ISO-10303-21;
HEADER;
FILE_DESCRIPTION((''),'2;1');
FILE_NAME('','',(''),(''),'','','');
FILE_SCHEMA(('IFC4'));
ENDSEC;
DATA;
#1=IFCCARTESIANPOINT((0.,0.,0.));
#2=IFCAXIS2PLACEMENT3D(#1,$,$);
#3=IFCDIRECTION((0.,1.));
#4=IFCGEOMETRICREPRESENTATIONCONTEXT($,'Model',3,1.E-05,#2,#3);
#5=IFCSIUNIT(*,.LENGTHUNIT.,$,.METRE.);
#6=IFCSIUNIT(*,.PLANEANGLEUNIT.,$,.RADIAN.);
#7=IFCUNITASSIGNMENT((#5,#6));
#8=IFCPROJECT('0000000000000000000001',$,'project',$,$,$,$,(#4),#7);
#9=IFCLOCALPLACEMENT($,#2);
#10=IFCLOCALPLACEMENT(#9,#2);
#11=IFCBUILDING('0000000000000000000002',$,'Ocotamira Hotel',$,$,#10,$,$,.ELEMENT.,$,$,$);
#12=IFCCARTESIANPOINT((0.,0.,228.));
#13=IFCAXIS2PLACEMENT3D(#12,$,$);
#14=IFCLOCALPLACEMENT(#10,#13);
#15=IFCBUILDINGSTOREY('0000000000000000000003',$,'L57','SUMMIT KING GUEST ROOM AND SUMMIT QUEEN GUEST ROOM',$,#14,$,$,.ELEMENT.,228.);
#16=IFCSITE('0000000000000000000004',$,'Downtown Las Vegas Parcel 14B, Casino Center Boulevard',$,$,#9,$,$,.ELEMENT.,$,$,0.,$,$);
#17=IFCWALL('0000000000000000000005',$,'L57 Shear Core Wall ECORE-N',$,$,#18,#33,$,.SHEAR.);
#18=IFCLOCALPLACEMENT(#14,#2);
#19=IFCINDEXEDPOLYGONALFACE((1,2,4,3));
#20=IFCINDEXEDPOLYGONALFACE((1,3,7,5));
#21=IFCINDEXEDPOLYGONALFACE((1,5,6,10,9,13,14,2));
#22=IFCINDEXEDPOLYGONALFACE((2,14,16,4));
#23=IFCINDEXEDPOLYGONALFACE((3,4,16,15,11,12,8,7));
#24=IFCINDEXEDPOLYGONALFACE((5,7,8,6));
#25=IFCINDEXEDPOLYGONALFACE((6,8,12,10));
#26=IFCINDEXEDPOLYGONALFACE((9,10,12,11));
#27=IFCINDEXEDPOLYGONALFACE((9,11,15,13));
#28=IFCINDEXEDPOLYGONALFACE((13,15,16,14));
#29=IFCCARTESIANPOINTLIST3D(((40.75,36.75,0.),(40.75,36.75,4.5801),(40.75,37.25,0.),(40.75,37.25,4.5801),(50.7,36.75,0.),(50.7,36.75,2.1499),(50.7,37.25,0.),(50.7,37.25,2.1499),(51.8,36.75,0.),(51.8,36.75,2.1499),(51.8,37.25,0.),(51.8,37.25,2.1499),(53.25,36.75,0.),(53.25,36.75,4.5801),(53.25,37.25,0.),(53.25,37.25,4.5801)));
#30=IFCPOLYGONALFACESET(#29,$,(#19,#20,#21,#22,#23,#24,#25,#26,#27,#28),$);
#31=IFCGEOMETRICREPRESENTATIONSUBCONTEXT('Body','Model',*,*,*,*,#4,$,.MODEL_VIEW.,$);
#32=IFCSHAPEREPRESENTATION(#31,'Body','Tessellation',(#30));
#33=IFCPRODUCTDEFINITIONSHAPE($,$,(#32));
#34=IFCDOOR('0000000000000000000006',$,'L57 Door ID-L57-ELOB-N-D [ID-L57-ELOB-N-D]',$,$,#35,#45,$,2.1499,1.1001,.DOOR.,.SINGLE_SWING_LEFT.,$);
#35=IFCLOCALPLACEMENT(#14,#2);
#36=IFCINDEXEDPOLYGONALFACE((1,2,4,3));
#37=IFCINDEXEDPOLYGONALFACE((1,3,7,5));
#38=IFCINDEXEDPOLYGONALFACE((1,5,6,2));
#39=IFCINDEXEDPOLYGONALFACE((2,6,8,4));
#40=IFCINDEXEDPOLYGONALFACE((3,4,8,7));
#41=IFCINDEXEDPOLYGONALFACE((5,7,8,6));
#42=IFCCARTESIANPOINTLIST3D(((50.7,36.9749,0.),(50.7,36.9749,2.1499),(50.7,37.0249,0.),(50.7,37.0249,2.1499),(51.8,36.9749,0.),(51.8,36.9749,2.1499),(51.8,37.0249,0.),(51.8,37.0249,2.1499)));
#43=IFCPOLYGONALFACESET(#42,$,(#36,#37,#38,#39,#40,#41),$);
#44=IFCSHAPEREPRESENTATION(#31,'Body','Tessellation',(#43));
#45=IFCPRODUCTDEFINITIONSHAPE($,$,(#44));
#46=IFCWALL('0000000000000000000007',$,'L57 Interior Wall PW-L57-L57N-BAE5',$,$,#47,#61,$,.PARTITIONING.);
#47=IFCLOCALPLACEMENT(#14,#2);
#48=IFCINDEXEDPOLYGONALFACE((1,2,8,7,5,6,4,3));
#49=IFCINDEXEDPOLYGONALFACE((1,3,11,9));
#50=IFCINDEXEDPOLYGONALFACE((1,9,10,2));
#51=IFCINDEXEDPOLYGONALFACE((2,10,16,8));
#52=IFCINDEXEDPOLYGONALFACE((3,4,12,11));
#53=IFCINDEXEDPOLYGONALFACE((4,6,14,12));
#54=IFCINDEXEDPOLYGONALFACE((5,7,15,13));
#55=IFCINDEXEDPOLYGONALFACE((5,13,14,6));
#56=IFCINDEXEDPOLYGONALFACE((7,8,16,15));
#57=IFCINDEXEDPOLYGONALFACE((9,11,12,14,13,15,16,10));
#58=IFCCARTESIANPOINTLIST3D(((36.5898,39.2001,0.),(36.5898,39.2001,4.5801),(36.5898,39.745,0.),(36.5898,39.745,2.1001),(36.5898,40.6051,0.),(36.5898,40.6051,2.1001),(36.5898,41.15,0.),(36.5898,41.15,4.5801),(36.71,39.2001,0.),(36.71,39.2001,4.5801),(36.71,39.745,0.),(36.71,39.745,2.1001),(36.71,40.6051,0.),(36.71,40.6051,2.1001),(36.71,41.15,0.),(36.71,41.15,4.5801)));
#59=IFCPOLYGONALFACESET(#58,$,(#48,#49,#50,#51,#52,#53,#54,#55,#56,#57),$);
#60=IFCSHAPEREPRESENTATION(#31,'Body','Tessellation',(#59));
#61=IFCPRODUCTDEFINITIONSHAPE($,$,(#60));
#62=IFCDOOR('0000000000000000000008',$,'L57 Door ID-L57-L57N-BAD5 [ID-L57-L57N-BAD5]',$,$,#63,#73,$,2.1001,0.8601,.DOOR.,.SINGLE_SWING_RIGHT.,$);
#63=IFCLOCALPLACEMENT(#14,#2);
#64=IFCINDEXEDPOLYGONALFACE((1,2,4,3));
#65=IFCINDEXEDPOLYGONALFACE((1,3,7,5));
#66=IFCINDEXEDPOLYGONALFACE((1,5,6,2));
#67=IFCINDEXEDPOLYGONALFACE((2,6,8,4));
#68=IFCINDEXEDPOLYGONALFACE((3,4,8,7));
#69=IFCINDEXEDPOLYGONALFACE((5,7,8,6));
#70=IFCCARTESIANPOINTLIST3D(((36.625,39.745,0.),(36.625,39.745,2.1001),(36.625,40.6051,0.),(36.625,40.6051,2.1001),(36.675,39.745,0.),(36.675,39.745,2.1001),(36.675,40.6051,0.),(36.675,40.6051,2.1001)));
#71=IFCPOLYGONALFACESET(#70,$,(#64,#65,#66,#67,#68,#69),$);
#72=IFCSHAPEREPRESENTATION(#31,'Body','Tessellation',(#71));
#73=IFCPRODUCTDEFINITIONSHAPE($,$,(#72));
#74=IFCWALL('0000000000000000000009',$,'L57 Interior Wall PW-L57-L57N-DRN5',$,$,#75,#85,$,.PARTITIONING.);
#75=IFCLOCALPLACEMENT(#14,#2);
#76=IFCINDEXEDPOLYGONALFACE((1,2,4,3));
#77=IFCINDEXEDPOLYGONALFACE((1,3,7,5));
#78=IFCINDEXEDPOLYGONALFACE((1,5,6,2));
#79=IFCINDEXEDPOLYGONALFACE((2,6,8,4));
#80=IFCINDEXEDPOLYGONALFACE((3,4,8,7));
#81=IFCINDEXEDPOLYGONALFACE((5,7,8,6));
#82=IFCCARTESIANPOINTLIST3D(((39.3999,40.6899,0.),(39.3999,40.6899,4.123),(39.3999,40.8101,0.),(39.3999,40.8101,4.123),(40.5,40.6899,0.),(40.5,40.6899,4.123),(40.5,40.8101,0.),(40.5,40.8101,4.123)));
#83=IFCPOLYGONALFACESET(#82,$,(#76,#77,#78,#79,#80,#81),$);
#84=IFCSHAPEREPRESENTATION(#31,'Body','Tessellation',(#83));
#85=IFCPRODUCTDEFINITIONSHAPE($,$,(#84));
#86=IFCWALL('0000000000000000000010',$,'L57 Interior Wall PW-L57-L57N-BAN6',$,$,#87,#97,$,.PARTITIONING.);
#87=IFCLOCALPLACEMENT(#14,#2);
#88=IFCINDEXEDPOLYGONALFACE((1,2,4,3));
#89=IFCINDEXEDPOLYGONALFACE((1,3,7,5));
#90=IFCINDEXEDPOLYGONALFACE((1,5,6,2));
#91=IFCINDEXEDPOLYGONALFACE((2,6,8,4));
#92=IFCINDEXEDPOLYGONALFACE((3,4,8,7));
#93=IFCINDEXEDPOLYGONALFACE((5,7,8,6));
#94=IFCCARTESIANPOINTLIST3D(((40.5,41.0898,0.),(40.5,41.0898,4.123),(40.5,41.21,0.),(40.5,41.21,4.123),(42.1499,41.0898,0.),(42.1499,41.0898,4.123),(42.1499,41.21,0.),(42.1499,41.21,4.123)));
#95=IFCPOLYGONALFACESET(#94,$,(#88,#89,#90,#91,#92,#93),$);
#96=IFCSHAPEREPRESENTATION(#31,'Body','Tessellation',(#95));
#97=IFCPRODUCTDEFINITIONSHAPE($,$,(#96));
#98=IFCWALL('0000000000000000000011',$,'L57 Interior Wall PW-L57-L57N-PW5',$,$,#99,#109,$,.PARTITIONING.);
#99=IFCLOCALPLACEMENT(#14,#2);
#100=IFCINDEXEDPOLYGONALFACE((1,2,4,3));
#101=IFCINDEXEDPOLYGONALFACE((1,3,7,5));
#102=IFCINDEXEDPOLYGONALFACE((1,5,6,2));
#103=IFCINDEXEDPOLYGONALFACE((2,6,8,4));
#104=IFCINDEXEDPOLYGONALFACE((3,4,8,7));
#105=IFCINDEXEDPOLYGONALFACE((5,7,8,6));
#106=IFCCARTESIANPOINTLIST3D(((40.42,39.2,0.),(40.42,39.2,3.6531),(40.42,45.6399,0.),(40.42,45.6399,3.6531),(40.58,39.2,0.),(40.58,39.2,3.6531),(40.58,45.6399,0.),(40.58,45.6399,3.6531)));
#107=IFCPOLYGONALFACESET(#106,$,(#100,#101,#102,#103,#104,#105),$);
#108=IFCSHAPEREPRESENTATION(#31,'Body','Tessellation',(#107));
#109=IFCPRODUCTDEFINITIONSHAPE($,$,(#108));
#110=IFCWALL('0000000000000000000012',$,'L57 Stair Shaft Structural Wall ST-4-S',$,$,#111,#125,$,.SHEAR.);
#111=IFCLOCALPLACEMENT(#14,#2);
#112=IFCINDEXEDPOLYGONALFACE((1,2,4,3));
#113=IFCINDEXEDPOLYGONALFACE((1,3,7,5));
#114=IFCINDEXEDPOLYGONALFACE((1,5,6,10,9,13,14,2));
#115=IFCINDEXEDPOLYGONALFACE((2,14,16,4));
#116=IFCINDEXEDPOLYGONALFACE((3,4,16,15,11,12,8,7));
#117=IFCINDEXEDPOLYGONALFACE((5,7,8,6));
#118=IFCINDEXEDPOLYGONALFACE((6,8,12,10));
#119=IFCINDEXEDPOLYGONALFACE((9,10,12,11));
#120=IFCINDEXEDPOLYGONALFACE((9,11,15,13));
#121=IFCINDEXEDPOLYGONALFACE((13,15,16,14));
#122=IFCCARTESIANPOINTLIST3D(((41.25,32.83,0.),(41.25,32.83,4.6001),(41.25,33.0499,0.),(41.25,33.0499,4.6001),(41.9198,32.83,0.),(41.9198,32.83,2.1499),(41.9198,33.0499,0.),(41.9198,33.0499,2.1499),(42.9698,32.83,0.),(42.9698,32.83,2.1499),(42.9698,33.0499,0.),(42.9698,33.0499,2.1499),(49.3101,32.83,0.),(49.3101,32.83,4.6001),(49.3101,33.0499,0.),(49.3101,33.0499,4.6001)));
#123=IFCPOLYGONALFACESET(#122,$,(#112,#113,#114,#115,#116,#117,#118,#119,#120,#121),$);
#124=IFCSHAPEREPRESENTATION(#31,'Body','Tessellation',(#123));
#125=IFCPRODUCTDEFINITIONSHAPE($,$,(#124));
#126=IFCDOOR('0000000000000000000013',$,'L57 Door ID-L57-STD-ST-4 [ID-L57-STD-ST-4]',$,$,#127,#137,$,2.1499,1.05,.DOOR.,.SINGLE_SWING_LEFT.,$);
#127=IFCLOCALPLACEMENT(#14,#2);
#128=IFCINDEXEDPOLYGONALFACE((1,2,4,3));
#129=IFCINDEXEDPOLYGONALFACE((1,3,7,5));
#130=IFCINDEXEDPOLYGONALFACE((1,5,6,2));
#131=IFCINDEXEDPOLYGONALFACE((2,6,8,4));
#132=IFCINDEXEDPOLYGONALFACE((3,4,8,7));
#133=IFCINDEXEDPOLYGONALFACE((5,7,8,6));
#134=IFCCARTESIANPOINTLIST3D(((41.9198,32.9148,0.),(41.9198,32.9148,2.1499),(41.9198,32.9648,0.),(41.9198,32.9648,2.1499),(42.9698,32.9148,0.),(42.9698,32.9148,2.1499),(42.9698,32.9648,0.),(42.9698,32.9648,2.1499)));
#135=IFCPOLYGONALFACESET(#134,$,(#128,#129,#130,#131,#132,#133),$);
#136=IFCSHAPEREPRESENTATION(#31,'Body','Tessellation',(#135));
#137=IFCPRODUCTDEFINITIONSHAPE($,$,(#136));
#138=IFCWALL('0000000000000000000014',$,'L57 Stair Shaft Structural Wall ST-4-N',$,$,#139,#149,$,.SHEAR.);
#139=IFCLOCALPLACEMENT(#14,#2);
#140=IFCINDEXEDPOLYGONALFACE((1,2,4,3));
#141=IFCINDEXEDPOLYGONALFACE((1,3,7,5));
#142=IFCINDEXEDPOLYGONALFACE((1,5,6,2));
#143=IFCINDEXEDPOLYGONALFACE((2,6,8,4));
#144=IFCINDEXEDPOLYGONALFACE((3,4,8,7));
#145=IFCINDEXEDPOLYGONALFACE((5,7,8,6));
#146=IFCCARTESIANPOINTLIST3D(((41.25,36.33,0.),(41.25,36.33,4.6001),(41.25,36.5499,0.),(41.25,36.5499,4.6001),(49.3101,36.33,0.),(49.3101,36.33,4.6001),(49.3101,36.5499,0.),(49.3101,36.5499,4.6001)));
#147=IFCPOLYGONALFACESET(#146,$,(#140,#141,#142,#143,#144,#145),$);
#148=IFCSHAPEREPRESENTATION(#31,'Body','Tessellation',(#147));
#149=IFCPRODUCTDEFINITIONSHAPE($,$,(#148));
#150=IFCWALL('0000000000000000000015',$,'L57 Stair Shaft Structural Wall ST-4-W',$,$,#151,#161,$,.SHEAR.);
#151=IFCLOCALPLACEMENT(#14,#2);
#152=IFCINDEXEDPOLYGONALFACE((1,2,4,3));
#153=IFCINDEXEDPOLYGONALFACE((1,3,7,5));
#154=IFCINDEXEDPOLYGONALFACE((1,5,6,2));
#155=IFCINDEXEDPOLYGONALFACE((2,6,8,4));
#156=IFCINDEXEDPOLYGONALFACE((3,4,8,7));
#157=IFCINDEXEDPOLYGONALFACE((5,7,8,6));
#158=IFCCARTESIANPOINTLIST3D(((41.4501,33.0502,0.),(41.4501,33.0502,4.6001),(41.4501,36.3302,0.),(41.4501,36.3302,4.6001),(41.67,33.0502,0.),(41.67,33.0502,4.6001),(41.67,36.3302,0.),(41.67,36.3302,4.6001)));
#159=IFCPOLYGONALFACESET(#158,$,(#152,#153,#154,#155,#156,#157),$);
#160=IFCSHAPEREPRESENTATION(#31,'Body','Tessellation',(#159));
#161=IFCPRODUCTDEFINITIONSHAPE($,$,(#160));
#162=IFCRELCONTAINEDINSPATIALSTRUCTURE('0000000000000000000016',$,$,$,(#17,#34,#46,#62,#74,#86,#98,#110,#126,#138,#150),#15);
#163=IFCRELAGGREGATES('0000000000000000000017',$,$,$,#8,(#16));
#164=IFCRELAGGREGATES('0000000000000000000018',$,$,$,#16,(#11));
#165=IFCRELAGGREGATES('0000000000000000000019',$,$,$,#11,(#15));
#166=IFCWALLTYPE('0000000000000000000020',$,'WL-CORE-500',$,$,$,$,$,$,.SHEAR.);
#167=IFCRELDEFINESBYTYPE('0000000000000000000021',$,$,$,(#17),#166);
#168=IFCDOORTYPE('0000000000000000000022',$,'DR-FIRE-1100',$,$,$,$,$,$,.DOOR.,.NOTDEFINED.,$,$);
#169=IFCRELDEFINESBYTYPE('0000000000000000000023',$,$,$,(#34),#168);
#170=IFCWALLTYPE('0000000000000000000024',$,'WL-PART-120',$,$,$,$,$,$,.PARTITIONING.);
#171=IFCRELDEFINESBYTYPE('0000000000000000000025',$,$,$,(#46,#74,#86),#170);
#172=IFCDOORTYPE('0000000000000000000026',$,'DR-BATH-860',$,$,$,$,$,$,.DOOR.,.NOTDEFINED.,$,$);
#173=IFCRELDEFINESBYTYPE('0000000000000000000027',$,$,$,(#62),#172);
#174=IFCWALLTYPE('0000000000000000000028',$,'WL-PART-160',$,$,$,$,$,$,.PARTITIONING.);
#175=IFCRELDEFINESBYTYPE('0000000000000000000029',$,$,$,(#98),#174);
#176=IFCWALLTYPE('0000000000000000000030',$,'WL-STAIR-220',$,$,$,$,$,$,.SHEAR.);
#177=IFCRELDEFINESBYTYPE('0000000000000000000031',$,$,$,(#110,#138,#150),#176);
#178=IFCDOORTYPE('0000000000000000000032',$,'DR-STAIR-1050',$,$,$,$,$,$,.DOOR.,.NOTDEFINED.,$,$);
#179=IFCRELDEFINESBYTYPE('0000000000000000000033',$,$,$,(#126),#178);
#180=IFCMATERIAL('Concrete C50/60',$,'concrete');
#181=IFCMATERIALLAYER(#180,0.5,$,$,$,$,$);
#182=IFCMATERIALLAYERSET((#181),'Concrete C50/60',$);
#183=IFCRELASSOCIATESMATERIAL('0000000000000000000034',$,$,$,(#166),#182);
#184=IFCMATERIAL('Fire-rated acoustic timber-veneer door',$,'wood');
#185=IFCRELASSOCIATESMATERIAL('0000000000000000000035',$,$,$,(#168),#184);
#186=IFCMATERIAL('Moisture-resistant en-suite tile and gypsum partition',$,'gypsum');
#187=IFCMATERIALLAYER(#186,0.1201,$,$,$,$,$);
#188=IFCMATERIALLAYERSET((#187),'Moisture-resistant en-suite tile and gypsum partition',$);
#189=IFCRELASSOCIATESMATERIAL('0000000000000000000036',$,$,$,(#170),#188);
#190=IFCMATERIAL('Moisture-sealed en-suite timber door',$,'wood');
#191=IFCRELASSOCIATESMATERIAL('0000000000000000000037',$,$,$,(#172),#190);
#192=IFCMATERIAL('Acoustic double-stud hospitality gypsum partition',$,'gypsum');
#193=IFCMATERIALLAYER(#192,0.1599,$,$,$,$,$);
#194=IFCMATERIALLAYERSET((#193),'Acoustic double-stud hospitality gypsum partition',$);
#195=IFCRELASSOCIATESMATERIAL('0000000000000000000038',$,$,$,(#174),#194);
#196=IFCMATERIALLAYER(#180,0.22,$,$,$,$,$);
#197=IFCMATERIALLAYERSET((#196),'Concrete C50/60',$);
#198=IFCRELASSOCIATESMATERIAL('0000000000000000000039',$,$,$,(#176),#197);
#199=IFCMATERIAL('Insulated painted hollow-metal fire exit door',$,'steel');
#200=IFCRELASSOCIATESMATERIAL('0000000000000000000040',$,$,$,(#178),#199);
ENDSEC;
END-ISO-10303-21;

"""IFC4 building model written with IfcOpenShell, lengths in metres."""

from ifc_helpers import new_model, si_unit, direction, frame, frame_2d, origin, place, context, subcontext, project, spatial, rectangle, extrude, source, transform, mapped, material, layer, layer_set, type_object, element, fill, save


model = new_model("IFC4")

# Units and contexts
model_context = context("Model", 3, precision=1e-05, world=origin(), true_north=direction((0.0, 1.0)))
body_context = subcontext(model_context, "Body", "Model", "MODEL_VIEW")
ifc_project = project(units=[si_unit("LENGTHUNIT", "METRE"), si_unit("PLANEANGLEUNIT", "RADIAN")], contexts=[model_context])

# Site, building, storey
site_placement = place(None, origin())
site = spatial("IfcSite", under=ifc_project, at=site_placement, Name="Downtown Las Vegas Parcel 14B, Casino Center Boulevard", CompositionType="ELEMENT", RefElevation=0.0)
building_placement = place(site_placement, origin())
building = spatial("IfcBuilding", under=site, at=building_placement, Name="Ocotamira Hotel", CompositionType="ELEMENT")
storey_placement = place(building_placement, frame((0.0, 0.0, 228.0)))
storey = spatial("IfcBuildingStorey", under=building, at=storey_placement, Name="L57", Description="SUMMIT KING GUEST ROOM AND SUMMIT QUEEN GUEST ROOM", CompositionType="ELEMENT", Elevation=228.0)

# Shared definitions
ifc_material_1 = material(Name="Concrete C50/60", Category="concrete")

# Walls, openings, doors
ifc_layer_1 = layer(ifc_material_1, 0.5)
ifc_layer_set_1 = layer_set([ifc_layer_1], Name="Concrete C50/60")
wall_type_1 = type_object("IfcWallType", Name="WL-CORE-500", PredefinedType="SHEAR", material=ifc_layer_set_1)
wall_1_placement = place(storey_placement, frame((40.75, 37.0, 0.0), z_axis=(0.0, 0.0, 1.0), x_axis=(1.0, 0.0, 0.0)))
wall_1 = element("IfcWall", 1, at=wall_1_placement, inside=storey, type_object=wall_type_1, Name="L57 Shear Core Wall ECORE-N", PredefinedType="SHEAR", context=body_context, shape_type="SweptSolid", body=[
    extrude(rectangle(XDim=12.5, YDim=0.5, at=frame_2d((6.25, 0.0))), origin(), (0.0, 0.0, 1.0), 4.5801),
])
opening_1_placement = place(wall_1_placement, frame((9.95, 0.0, 0.0)))
opening_1 = element("IfcOpeningElement", 2, at=opening_1_placement, cuts=wall_1, PredefinedType="OPENING", context=body_context, shape_type="SweptSolid", body=[
    extrude(rectangle(XDim=1.1001, YDim=2.1499, at=frame_2d((0.55, 1.075))), frame((0.0, 0.26, 0.0), z_axis=(0.0, -1.0, 0.0), x_axis=(1.0, 0.0, 0.0)), (0.0, 0.0, 1.0), 0.52),
])
ifc_material_2 = material(Name="Fire-rated acoustic timber-veneer door", Category="wood")
door_type_1 = type_object("IfcDoorType", Name="DR-FIRE-1100", OperationType="NOTDEFINED", PredefinedType="DOOR", material=ifc_material_2)
shared_shape_1 = source(origin(), body_context, "Body", "SweptSolid", [
    extrude(rectangle(XDim=1.1001, YDim=2.1499, at=frame_2d((0.55, 1.075))), frame((0.0, 0.0249, 0.0), z_axis=(0.0, -1.0, 0.0), x_axis=(1.0, 0.0, 0.0)), (0.0, 0.0, 1.0), 0.05),
])
door_1_placement = place(opening_1_placement, origin())
door_1 = element("IfcDoor", 3, at=door_1_placement, inside=storey, type_object=door_type_1, Name="L57 Door ID-L57-ELOB-N-D [ID-L57-ELOB-N-D]", OperationType="SINGLE_SWING_LEFT", OverallHeight=2.1499, OverallWidth=1.1001, PredefinedType="DOOR", context=body_context, shape_type="MappedRepresentation", body=[
    mapped(shared_shape_1, transform((0.0, 0.0, 0.0), scale=1.0)),
])
fill(opening_1, door_1)
ifc_material_3 = material(Name="Moisture-resistant en-suite tile and gypsum partition", Category="gypsum")
ifc_layer_2 = layer(ifc_material_3, 0.1201)
ifc_layer_set_2 = layer_set([ifc_layer_2], Name="Moisture-resistant en-suite tile and gypsum partition")
wall_type_2 = type_object("IfcWallType", Name="WL-PART-120", PredefinedType="PARTITIONING", material=ifc_layer_set_2)
wall_2_placement = place(storey_placement, frame((36.6499, 39.2, 0.0), z_axis=(0.0, 0.0, 1.0), x_axis=(0.0, 1.0, 0.0)))
wall_2 = element("IfcWall", 4, at=wall_2_placement, inside=storey, type_object=wall_type_2, Name="L57 Interior Wall PW-L57-L57N-BAE5", PredefinedType="PARTITIONING", context=body_context, shape_type="SweptSolid", body=[
    extrude(rectangle(XDim=1.95, YDim=0.1201, at=frame_2d((0.9751, 0.0))), origin(), (0.0, 0.0, 1.0), 4.5801),
])
opening_2_placement = place(wall_2_placement, frame((0.5449, 0.0, 0.0)))
opening_2 = element("IfcOpeningElement", 5, at=opening_2_placement, cuts=wall_2, PredefinedType="OPENING", context=body_context, shape_type="SweptSolid", body=[
    extrude(rectangle(XDim=0.8601, YDim=2.1001, at=frame_2d((0.4302, 1.05))), frame((0.0, 0.0701, 0.0), z_axis=(0.0, -1.0, 0.0), x_axis=(1.0, 0.0, 0.0)), (0.0, 0.0, 1.0), 0.1401),
])
ifc_material_4 = material(Name="Moisture-sealed en-suite timber door", Category="wood")
door_type_2 = type_object("IfcDoorType", Name="DR-BATH-860", OperationType="NOTDEFINED", PredefinedType="DOOR", material=ifc_material_4)
shared_shape_2 = source(origin(), body_context, "Body", "SweptSolid", [
    extrude(rectangle(XDim=0.8601, YDim=2.1001, at=frame_2d((0.4302, 1.05))), frame((0.0, 0.0249, 0.0), z_axis=(0.0, -1.0, 0.0), x_axis=(1.0, 0.0, 0.0)), (0.0, 0.0, 1.0), 0.05),
])
door_2_placement = place(opening_2_placement, origin())
door_2 = element("IfcDoor", 6, at=door_2_placement, inside=storey, type_object=door_type_2, Name="L57 Door ID-L57-L57N-BAD5 [ID-L57-L57N-BAD5]", OperationType="SINGLE_SWING_RIGHT", OverallHeight=2.1001, OverallWidth=0.8601, PredefinedType="DOOR", context=body_context, shape_type="MappedRepresentation", body=[
    mapped(shared_shape_2, transform((0.0, 0.0, 0.0), scale=1.0)),
])
fill(opening_2, door_2)

# Walls
wall_3_placement = place(storey_placement, frame((39.3999, 40.75, 0.0), z_axis=(0.0, 0.0, 1.0), x_axis=(1.0, 0.0, 0.0)))
element("IfcWall", 7, at=wall_3_placement, inside=storey, type_object=wall_type_2, Name="L57 Interior Wall PW-L57-L57N-DRN5", PredefinedType="PARTITIONING", context=body_context, shape_type="SweptSolid", body=[
    extrude(rectangle(XDim=1.1001, YDim=0.1201, at=frame_2d((0.55, 0.0))), origin(), (0.0, 0.0, 1.0), 4.123),
])
wall_4_placement = place(storey_placement, frame((40.5, 41.1499, 0.0), z_axis=(0.0, 0.0, 1.0), x_axis=(1.0, 0.0, 0.0)))
element("IfcWall", 8, at=wall_4_placement, inside=storey, type_object=wall_type_2, Name="L57 Interior Wall PW-L57-L57N-BAN6", PredefinedType="PARTITIONING", context=body_context, shape_type="SweptSolid", body=[
    extrude(rectangle(XDim=1.6499, YDim=0.1201, at=frame_2d((0.825, 0.0))), origin(), (0.0, 0.0, 1.0), 4.123),
])
ifc_material_5 = material(Name="Acoustic double-stud hospitality gypsum partition", Category="gypsum")
ifc_layer_3 = layer(ifc_material_5, 0.1599)
ifc_layer_set_3 = layer_set([ifc_layer_3], Name="Acoustic double-stud hospitality gypsum partition")
wall_type_3 = type_object("IfcWallType", Name="WL-PART-160", PredefinedType="PARTITIONING", material=ifc_layer_set_3)
wall_5_placement = place(storey_placement, frame((40.5, 39.2, 0.0), z_axis=(0.0, 0.0, 1.0), x_axis=(0.0, 1.0, 0.0)))
element("IfcWall", 9, at=wall_5_placement, inside=storey, type_object=wall_type_3, Name="L57 Interior Wall PW-L57-L57N-PW5", PredefinedType="PARTITIONING", context=body_context, shape_type="SweptSolid", body=[
    extrude(rectangle(XDim=6.4399, YDim=0.1599, at=frame_2d((3.22, 0.0))), origin(), (0.0, 0.0, 1.0), 3.6531),
])

# Wall, opening, door
ifc_layer_4 = layer(ifc_material_1, 0.22)
ifc_layer_set_4 = layer_set([ifc_layer_4], Name="Concrete C50/60")
wall_type_4 = type_object("IfcWallType", Name="WL-STAIR-220", PredefinedType="SHEAR", material=ifc_layer_set_4)
wall_6_placement = place(storey_placement, frame((41.25, 32.9399, 0.0), z_axis=(0.0, 0.0, 1.0), x_axis=(1.0, 0.0, 0.0)))
wall_6 = element("IfcWall", 10, at=wall_6_placement, inside=storey, type_object=wall_type_4, Name="L57 Stair Shaft Structural Wall ST-4-S", PredefinedType="SHEAR", context=body_context, shape_type="SweptSolid", body=[
    extrude(rectangle(XDim=8.0601, YDim=0.22, at=frame_2d((4.03, 0.0))), origin(), (0.0, 0.0, 1.0), 4.6001),
])
opening_3_placement = place(wall_6_placement, frame((0.6699, 0.0, 0.0)))
opening_3 = element("IfcOpeningElement", 11, at=opening_3_placement, cuts=wall_6, PredefinedType="OPENING", context=body_context, shape_type="SweptSolid", body=[
    extrude(rectangle(XDim=1.05, YDim=2.1499, at=frame_2d((0.5249, 1.075))), frame((0.0, 0.1201, 0.0), z_axis=(0.0, -1.0, 0.0), x_axis=(1.0, 0.0, 0.0)), (0.0, 0.0, 1.0), 0.24),
])
ifc_material_6 = material(Name="Insulated painted hollow-metal fire exit door", Category="steel")
door_type_3 = type_object("IfcDoorType", Name="DR-STAIR-1050", OperationType="NOTDEFINED", PredefinedType="DOOR", material=ifc_material_6)
shared_shape_3 = source(origin(), body_context, "Body", "SweptSolid", [
    extrude(rectangle(XDim=1.05, YDim=2.1499, at=frame_2d((0.5249, 1.075))), frame((0.0, 0.0249, 0.0), z_axis=(0.0, -1.0, 0.0), x_axis=(1.0, 0.0, 0.0)), (0.0, 0.0, 1.0), 0.05),
])
door_3_placement = place(opening_3_placement, origin())
door_3 = element("IfcDoor", 12, at=door_3_placement, inside=storey, type_object=door_type_3, Name="L57 Door ID-L57-STD-ST-4 [ID-L57-STD-ST-4]", OperationType="SINGLE_SWING_LEFT", OverallHeight=2.1499, OverallWidth=1.05, PredefinedType="DOOR", context=body_context, shape_type="MappedRepresentation", body=[
    mapped(shared_shape_3, transform((0.0, 0.0, 0.0), scale=1.0)),
])
fill(opening_3, door_3)

# Walls
wall_7_placement = place(storey_placement, frame((41.25, 36.4399, 0.0), z_axis=(0.0, 0.0, 1.0), x_axis=(1.0, 0.0, 0.0)))
element("IfcWall", 13, at=wall_7_placement, inside=storey, type_object=wall_type_4, Name="L57 Stair Shaft Structural Wall ST-4-N", PredefinedType="SHEAR", context=body_context, shape_type="SweptSolid", body=[
    extrude(rectangle(XDim=8.0601, YDim=0.22, at=frame_2d((4.03, 0.0))), origin(), (0.0, 0.0, 1.0), 4.6001),
])
wall_8_placement = place(storey_placement, frame((41.5601, 33.05, 0.0), z_axis=(0.0, 0.0, 1.0), x_axis=(0.0, 1.0, 0.0)))
element("IfcWall", 14, at=wall_8_placement, inside=storey, type_object=wall_type_4, Name="L57 Stair Shaft Structural Wall ST-4-W", PredefinedType="SHEAR", context=body_context, shape_type="SweptSolid", body=[
    extrude(rectangle(XDim=3.28, YDim=0.22, at=frame_2d((1.6401, 0.0))), origin(), (0.0, 0.0, 1.0), 4.6001),
])

save(model, "model.ifc")
